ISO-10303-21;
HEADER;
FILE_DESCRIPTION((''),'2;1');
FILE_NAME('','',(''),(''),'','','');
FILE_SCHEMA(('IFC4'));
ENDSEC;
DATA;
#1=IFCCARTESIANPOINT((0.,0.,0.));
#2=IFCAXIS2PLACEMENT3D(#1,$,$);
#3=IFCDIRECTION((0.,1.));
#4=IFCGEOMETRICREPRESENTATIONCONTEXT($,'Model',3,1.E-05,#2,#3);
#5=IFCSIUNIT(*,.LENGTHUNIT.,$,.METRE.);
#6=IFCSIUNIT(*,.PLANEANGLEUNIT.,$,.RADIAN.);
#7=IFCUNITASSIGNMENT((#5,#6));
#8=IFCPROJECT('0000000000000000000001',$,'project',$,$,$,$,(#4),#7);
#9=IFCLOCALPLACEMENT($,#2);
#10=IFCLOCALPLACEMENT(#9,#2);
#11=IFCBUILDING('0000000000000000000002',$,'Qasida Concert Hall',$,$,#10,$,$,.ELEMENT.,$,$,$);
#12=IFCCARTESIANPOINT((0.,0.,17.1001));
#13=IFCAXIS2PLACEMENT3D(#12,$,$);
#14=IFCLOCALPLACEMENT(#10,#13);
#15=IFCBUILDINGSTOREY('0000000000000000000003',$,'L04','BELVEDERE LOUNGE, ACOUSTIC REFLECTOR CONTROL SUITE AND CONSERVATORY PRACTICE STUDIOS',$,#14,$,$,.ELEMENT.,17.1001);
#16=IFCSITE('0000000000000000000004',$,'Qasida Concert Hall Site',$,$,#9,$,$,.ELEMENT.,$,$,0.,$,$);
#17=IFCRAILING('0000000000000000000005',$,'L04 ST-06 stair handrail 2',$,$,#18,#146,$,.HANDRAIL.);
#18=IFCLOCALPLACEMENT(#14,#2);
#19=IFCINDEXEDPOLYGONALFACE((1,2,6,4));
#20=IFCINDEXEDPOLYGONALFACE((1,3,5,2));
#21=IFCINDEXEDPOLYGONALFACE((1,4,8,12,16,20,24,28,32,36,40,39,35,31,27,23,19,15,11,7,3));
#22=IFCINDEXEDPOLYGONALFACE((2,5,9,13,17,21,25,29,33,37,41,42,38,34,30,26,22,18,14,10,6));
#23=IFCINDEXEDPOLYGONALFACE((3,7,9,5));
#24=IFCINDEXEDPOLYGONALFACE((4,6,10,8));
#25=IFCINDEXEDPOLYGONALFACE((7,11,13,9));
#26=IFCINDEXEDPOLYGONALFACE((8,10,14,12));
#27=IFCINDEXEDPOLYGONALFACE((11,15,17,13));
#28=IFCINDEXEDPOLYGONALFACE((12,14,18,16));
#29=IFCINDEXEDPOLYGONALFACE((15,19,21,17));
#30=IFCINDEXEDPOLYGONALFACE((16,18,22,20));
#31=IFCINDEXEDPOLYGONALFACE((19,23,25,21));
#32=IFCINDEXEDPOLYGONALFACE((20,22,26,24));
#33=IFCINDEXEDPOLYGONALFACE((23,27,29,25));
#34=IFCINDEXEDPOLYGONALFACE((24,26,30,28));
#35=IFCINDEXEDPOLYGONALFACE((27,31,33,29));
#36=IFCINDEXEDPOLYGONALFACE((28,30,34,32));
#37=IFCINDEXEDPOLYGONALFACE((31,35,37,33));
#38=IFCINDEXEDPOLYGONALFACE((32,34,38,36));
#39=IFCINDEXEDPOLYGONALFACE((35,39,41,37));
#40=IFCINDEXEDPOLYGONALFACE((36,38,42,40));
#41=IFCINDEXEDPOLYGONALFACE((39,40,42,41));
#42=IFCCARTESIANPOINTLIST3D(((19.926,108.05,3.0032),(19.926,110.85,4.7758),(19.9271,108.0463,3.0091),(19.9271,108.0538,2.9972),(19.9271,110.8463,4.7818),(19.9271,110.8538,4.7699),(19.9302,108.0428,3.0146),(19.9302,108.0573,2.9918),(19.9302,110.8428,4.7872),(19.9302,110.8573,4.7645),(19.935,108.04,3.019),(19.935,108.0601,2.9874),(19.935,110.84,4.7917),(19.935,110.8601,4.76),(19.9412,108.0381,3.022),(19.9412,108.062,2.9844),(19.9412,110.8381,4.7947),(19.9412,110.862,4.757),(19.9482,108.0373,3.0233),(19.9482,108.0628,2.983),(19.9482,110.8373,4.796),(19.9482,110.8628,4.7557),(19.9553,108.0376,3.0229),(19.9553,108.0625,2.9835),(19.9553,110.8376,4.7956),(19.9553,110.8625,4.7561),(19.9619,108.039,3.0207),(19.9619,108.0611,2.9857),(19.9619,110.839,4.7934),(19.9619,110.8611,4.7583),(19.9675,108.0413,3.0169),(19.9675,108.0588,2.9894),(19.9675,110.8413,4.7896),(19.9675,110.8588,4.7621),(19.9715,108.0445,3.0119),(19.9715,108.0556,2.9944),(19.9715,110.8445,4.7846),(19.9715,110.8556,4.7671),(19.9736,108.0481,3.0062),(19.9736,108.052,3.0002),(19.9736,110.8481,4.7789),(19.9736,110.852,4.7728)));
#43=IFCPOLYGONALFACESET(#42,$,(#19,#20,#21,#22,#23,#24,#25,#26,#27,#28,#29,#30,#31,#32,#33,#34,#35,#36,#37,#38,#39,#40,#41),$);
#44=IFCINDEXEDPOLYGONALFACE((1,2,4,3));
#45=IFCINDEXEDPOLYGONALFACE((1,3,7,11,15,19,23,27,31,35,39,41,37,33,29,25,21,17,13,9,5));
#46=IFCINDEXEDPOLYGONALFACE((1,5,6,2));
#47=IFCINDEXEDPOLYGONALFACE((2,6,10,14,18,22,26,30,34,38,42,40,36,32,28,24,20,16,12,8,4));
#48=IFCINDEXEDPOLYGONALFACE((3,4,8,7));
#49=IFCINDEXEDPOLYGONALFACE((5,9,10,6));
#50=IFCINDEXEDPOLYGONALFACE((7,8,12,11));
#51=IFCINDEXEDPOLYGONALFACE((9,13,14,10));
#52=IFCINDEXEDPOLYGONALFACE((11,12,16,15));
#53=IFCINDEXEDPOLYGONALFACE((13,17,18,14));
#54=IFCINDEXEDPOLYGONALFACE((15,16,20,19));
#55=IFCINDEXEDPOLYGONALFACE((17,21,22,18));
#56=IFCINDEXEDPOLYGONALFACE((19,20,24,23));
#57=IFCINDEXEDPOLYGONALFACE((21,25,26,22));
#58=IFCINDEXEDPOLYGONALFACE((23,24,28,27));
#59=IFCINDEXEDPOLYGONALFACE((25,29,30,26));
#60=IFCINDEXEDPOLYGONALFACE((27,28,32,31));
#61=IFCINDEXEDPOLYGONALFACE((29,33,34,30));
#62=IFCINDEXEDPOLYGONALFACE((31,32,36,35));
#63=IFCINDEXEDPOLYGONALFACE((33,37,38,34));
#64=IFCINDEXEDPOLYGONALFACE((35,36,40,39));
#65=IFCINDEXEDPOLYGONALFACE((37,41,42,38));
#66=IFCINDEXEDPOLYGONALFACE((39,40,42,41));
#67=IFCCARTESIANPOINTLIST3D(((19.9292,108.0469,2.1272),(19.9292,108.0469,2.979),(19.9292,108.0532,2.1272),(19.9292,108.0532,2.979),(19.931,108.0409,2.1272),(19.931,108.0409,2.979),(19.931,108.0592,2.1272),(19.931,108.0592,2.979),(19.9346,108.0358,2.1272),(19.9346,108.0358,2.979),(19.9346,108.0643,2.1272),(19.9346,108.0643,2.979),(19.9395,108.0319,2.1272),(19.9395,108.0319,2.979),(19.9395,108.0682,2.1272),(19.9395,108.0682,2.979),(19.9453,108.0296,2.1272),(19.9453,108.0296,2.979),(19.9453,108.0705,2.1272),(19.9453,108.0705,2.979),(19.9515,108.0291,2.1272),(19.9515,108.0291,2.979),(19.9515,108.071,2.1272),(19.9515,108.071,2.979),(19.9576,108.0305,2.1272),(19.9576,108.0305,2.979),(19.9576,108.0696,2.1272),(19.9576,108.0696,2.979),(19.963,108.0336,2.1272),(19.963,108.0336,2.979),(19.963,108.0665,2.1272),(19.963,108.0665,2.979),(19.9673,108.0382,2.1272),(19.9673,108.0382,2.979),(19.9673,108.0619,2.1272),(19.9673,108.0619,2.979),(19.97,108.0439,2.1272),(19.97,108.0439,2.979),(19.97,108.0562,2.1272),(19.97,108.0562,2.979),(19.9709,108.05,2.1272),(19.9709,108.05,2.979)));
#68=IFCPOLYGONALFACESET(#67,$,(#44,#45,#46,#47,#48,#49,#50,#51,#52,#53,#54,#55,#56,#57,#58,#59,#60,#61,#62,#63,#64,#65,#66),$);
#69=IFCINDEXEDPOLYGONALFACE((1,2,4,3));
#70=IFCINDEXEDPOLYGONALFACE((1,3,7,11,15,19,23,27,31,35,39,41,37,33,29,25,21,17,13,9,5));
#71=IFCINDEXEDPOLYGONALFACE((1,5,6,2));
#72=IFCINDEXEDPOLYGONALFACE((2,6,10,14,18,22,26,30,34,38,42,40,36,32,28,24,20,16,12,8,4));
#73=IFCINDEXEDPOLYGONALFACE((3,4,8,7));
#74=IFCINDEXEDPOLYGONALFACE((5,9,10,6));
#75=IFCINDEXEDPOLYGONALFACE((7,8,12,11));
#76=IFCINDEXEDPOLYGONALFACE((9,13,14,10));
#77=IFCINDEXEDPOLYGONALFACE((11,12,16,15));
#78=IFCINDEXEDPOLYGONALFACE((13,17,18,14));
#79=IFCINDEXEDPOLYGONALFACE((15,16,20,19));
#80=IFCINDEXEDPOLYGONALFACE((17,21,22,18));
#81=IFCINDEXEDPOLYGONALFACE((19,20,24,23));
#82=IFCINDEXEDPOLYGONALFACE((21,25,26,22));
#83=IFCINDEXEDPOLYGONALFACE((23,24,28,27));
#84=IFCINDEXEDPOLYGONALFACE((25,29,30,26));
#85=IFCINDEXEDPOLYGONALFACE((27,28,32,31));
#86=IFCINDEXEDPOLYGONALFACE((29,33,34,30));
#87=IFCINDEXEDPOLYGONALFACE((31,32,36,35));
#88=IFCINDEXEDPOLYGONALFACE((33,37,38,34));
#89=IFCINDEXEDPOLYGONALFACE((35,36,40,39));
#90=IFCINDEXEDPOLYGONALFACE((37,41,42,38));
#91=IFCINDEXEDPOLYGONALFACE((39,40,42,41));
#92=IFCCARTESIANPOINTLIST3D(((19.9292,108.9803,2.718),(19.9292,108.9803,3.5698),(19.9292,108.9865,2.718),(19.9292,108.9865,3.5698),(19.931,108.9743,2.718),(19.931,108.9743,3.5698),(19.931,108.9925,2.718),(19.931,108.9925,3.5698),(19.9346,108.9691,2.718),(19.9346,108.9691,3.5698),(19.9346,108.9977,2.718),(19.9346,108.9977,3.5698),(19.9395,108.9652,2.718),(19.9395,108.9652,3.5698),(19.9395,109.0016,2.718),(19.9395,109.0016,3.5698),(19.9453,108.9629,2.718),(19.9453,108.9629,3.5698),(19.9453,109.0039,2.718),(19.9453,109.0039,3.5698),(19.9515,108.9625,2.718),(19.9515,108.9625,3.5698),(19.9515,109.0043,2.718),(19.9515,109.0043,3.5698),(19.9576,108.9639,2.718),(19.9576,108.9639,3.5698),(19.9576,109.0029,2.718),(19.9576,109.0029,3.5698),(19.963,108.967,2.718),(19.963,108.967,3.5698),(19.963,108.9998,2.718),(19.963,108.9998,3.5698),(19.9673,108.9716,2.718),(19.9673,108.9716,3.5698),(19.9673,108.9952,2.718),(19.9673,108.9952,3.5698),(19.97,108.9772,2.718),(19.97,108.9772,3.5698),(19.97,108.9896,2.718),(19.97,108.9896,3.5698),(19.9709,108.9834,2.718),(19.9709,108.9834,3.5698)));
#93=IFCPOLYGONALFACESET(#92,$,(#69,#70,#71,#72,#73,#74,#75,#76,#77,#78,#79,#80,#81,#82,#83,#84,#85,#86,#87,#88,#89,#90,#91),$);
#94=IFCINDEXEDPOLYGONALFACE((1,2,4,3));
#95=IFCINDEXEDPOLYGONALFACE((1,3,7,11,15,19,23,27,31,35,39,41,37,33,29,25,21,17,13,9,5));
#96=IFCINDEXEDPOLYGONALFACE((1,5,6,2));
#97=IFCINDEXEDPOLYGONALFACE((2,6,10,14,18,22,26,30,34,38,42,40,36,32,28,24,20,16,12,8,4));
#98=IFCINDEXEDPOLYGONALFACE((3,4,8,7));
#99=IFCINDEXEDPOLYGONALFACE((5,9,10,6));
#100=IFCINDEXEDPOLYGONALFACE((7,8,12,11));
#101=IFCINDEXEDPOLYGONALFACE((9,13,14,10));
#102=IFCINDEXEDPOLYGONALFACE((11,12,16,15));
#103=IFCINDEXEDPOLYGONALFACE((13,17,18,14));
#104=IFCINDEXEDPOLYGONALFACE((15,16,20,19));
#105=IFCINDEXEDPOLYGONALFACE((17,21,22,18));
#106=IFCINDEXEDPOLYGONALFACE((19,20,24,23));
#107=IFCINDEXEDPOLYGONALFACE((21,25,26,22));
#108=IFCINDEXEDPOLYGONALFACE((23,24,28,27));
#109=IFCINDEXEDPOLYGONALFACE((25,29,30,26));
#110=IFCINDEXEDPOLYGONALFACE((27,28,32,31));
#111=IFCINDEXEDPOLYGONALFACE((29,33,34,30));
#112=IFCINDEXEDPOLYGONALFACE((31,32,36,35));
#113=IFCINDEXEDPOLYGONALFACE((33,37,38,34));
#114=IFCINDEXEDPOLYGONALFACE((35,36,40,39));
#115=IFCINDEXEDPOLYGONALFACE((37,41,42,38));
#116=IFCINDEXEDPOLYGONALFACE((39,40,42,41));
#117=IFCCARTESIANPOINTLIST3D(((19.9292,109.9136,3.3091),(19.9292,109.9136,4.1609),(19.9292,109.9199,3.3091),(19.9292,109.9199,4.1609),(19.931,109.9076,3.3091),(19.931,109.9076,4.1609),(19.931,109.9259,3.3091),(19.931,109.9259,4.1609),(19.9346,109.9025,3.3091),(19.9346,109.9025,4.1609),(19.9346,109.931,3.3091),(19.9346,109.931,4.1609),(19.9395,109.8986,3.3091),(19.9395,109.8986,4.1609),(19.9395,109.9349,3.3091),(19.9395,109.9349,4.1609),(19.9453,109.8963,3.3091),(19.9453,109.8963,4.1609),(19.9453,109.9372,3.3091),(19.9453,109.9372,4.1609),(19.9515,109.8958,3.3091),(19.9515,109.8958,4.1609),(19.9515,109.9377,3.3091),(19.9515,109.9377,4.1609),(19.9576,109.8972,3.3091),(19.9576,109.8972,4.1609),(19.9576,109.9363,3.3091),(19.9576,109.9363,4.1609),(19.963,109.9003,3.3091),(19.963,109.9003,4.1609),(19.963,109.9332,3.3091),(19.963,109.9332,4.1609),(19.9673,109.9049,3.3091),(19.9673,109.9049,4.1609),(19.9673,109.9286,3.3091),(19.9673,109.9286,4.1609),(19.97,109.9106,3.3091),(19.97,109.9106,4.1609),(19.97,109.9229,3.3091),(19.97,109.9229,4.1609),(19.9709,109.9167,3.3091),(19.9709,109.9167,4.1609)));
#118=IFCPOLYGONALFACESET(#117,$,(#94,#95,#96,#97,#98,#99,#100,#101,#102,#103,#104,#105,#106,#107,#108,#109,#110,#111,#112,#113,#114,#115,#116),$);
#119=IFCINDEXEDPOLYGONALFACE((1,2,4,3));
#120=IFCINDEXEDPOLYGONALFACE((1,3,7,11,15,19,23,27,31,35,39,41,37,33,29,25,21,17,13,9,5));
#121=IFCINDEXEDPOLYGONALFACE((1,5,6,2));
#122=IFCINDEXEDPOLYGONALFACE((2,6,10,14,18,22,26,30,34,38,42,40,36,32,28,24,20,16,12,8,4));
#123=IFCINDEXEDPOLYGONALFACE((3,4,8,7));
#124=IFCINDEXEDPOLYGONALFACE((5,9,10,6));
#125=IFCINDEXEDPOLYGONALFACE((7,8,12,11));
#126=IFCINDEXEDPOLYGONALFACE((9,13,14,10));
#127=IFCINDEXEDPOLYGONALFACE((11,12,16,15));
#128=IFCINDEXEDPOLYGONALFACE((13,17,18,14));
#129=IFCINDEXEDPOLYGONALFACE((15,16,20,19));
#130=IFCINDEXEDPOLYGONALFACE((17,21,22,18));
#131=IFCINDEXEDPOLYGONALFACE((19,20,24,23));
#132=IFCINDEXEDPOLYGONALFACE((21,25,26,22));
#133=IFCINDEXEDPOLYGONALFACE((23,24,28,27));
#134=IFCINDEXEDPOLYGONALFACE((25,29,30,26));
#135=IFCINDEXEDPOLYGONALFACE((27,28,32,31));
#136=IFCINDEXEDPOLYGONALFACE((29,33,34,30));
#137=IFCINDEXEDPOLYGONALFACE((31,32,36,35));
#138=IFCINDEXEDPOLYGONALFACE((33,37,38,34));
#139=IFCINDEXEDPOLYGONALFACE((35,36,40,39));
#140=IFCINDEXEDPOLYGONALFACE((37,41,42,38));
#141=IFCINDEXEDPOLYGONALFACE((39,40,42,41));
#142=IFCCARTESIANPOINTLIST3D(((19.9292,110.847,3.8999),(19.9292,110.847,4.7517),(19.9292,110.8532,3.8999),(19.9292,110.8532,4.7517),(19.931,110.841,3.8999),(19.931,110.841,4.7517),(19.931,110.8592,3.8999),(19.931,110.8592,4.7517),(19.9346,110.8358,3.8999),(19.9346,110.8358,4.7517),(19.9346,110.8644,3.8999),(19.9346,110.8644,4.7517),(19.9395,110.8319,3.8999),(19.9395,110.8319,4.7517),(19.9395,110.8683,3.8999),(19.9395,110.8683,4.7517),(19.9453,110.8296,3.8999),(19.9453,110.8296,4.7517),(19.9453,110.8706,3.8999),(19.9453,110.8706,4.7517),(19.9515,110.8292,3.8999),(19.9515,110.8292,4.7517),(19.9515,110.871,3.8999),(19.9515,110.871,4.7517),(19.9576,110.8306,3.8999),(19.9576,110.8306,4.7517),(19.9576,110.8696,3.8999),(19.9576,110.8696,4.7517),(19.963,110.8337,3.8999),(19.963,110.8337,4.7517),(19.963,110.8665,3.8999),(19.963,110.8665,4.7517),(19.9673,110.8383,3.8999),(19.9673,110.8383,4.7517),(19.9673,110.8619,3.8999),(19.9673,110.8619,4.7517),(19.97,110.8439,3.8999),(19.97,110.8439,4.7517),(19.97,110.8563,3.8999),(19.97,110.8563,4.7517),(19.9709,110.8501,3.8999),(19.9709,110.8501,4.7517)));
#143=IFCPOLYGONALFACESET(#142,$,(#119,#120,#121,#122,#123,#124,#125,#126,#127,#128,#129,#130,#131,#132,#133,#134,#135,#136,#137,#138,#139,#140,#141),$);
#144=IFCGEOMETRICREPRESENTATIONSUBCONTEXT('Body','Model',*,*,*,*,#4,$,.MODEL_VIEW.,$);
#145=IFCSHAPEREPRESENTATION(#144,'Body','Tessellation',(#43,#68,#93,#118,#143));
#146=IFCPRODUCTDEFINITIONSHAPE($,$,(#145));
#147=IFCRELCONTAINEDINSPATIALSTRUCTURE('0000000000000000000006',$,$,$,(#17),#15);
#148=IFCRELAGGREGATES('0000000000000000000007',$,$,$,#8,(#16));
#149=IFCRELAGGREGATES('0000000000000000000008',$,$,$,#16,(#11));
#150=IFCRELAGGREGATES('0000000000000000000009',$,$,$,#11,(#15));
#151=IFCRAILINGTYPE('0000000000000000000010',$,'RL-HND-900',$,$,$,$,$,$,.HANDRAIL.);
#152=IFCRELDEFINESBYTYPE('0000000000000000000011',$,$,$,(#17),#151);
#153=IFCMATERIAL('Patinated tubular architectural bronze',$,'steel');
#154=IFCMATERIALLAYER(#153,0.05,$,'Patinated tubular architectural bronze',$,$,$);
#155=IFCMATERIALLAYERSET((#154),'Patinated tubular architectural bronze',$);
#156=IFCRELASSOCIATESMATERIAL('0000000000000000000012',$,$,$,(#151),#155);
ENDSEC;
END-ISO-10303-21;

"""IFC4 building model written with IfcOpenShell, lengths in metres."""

from ifc_helpers import new_model, si_unit, direction, frame, origin, origin_2d, place, context, subcontext, project, spatial, circle, extrude, material, layer, layer_set, type_object, element, save


model = new_model("IFC4")

# Units and contexts
model_context = context("Model", 3, precision=1e-05, world=origin(), true_north=direction((0.0, 1.0)))
body_context = subcontext(model_context, "Body", "Model", "MODEL_VIEW")
ifc_project = project(units=[si_unit("LENGTHUNIT", "METRE"), si_unit("PLANEANGLEUNIT", "RADIAN")], contexts=[model_context])

# Site, building, storey
site_placement = place(None, origin())
site = spatial("IfcSite", under=ifc_project, at=site_placement, Name="Qasida Concert Hall Site", CompositionType="ELEMENT", RefElevation=0.0)
building_placement = place(site_placement, origin())
building = spatial("IfcBuilding", under=site, at=building_placement, Name="Qasida Concert Hall", CompositionType="ELEMENT")
storey_placement = place(building_placement, frame((0.0, 0.0, 17.1001)))
storey = spatial("IfcBuildingStorey", under=building, at=storey_placement, Name="L04", Description="BELVEDERE LOUNGE, ACOUSTIC REFLECTOR CONTROL SUITE AND CONSERVATORY PRACTICE STUDIOS", CompositionType="ELEMENT", Elevation=17.1001)

# Railing
ifc_material_1 = material(Name="Patinated tubular architectural bronze", Category="steel")
ifc_layer_1 = layer(ifc_material_1, 0.05, Name="Patinated tubular architectural bronze")
ifc_layer_set_1 = layer_set([ifc_layer_1], Name="Patinated tubular architectural bronze")
railing_type_1 = type_object("IfcRailingType", Name="RL-HND-900", PredefinedType="HANDRAIL", material=ifc_layer_set_1)
railing_1_placement = place(storey_placement, frame((19.95, 108.05, 2.1272)))
element("IfcRailing", 1, at=railing_1_placement, inside=storey, type_object=railing_type_1, Name="L04 ST-06 stair handrail 2", PredefinedType="HANDRAIL", context=body_context, shape_type="SweptSolid", body=[
    extrude(circle(Radius=0.0239, at=origin_2d()), frame((0.0, 0.0, 0.876), z_axis=(0.0, 0.844909, 0.53491), x_axis=(-1.0, 0.0, 0.0)), (0.0, 0.0, 1.0), 3.314),
    extrude(circle(Radius=0.021, at=origin_2d()), origin(), (0.0, 0.0, 1.0), 0.8518),
    extrude(circle(Radius=0.021, at=origin_2d()), frame((0.0, 0.9333, 0.5908)), (0.0, 0.0, 1.0), 0.8518),
    extrude(circle(Radius=0.021, at=origin_2d()), frame((0.0, 1.8667, 1.1819)), (0.0, 0.0, 1.0), 0.8518),
    extrude(circle(Radius=0.021, at=origin_2d()), frame((0.0, 2.8, 1.7727)), (0.0, 0.0, 1.0), 0.8518),
])

save(model, "model.ifc")
